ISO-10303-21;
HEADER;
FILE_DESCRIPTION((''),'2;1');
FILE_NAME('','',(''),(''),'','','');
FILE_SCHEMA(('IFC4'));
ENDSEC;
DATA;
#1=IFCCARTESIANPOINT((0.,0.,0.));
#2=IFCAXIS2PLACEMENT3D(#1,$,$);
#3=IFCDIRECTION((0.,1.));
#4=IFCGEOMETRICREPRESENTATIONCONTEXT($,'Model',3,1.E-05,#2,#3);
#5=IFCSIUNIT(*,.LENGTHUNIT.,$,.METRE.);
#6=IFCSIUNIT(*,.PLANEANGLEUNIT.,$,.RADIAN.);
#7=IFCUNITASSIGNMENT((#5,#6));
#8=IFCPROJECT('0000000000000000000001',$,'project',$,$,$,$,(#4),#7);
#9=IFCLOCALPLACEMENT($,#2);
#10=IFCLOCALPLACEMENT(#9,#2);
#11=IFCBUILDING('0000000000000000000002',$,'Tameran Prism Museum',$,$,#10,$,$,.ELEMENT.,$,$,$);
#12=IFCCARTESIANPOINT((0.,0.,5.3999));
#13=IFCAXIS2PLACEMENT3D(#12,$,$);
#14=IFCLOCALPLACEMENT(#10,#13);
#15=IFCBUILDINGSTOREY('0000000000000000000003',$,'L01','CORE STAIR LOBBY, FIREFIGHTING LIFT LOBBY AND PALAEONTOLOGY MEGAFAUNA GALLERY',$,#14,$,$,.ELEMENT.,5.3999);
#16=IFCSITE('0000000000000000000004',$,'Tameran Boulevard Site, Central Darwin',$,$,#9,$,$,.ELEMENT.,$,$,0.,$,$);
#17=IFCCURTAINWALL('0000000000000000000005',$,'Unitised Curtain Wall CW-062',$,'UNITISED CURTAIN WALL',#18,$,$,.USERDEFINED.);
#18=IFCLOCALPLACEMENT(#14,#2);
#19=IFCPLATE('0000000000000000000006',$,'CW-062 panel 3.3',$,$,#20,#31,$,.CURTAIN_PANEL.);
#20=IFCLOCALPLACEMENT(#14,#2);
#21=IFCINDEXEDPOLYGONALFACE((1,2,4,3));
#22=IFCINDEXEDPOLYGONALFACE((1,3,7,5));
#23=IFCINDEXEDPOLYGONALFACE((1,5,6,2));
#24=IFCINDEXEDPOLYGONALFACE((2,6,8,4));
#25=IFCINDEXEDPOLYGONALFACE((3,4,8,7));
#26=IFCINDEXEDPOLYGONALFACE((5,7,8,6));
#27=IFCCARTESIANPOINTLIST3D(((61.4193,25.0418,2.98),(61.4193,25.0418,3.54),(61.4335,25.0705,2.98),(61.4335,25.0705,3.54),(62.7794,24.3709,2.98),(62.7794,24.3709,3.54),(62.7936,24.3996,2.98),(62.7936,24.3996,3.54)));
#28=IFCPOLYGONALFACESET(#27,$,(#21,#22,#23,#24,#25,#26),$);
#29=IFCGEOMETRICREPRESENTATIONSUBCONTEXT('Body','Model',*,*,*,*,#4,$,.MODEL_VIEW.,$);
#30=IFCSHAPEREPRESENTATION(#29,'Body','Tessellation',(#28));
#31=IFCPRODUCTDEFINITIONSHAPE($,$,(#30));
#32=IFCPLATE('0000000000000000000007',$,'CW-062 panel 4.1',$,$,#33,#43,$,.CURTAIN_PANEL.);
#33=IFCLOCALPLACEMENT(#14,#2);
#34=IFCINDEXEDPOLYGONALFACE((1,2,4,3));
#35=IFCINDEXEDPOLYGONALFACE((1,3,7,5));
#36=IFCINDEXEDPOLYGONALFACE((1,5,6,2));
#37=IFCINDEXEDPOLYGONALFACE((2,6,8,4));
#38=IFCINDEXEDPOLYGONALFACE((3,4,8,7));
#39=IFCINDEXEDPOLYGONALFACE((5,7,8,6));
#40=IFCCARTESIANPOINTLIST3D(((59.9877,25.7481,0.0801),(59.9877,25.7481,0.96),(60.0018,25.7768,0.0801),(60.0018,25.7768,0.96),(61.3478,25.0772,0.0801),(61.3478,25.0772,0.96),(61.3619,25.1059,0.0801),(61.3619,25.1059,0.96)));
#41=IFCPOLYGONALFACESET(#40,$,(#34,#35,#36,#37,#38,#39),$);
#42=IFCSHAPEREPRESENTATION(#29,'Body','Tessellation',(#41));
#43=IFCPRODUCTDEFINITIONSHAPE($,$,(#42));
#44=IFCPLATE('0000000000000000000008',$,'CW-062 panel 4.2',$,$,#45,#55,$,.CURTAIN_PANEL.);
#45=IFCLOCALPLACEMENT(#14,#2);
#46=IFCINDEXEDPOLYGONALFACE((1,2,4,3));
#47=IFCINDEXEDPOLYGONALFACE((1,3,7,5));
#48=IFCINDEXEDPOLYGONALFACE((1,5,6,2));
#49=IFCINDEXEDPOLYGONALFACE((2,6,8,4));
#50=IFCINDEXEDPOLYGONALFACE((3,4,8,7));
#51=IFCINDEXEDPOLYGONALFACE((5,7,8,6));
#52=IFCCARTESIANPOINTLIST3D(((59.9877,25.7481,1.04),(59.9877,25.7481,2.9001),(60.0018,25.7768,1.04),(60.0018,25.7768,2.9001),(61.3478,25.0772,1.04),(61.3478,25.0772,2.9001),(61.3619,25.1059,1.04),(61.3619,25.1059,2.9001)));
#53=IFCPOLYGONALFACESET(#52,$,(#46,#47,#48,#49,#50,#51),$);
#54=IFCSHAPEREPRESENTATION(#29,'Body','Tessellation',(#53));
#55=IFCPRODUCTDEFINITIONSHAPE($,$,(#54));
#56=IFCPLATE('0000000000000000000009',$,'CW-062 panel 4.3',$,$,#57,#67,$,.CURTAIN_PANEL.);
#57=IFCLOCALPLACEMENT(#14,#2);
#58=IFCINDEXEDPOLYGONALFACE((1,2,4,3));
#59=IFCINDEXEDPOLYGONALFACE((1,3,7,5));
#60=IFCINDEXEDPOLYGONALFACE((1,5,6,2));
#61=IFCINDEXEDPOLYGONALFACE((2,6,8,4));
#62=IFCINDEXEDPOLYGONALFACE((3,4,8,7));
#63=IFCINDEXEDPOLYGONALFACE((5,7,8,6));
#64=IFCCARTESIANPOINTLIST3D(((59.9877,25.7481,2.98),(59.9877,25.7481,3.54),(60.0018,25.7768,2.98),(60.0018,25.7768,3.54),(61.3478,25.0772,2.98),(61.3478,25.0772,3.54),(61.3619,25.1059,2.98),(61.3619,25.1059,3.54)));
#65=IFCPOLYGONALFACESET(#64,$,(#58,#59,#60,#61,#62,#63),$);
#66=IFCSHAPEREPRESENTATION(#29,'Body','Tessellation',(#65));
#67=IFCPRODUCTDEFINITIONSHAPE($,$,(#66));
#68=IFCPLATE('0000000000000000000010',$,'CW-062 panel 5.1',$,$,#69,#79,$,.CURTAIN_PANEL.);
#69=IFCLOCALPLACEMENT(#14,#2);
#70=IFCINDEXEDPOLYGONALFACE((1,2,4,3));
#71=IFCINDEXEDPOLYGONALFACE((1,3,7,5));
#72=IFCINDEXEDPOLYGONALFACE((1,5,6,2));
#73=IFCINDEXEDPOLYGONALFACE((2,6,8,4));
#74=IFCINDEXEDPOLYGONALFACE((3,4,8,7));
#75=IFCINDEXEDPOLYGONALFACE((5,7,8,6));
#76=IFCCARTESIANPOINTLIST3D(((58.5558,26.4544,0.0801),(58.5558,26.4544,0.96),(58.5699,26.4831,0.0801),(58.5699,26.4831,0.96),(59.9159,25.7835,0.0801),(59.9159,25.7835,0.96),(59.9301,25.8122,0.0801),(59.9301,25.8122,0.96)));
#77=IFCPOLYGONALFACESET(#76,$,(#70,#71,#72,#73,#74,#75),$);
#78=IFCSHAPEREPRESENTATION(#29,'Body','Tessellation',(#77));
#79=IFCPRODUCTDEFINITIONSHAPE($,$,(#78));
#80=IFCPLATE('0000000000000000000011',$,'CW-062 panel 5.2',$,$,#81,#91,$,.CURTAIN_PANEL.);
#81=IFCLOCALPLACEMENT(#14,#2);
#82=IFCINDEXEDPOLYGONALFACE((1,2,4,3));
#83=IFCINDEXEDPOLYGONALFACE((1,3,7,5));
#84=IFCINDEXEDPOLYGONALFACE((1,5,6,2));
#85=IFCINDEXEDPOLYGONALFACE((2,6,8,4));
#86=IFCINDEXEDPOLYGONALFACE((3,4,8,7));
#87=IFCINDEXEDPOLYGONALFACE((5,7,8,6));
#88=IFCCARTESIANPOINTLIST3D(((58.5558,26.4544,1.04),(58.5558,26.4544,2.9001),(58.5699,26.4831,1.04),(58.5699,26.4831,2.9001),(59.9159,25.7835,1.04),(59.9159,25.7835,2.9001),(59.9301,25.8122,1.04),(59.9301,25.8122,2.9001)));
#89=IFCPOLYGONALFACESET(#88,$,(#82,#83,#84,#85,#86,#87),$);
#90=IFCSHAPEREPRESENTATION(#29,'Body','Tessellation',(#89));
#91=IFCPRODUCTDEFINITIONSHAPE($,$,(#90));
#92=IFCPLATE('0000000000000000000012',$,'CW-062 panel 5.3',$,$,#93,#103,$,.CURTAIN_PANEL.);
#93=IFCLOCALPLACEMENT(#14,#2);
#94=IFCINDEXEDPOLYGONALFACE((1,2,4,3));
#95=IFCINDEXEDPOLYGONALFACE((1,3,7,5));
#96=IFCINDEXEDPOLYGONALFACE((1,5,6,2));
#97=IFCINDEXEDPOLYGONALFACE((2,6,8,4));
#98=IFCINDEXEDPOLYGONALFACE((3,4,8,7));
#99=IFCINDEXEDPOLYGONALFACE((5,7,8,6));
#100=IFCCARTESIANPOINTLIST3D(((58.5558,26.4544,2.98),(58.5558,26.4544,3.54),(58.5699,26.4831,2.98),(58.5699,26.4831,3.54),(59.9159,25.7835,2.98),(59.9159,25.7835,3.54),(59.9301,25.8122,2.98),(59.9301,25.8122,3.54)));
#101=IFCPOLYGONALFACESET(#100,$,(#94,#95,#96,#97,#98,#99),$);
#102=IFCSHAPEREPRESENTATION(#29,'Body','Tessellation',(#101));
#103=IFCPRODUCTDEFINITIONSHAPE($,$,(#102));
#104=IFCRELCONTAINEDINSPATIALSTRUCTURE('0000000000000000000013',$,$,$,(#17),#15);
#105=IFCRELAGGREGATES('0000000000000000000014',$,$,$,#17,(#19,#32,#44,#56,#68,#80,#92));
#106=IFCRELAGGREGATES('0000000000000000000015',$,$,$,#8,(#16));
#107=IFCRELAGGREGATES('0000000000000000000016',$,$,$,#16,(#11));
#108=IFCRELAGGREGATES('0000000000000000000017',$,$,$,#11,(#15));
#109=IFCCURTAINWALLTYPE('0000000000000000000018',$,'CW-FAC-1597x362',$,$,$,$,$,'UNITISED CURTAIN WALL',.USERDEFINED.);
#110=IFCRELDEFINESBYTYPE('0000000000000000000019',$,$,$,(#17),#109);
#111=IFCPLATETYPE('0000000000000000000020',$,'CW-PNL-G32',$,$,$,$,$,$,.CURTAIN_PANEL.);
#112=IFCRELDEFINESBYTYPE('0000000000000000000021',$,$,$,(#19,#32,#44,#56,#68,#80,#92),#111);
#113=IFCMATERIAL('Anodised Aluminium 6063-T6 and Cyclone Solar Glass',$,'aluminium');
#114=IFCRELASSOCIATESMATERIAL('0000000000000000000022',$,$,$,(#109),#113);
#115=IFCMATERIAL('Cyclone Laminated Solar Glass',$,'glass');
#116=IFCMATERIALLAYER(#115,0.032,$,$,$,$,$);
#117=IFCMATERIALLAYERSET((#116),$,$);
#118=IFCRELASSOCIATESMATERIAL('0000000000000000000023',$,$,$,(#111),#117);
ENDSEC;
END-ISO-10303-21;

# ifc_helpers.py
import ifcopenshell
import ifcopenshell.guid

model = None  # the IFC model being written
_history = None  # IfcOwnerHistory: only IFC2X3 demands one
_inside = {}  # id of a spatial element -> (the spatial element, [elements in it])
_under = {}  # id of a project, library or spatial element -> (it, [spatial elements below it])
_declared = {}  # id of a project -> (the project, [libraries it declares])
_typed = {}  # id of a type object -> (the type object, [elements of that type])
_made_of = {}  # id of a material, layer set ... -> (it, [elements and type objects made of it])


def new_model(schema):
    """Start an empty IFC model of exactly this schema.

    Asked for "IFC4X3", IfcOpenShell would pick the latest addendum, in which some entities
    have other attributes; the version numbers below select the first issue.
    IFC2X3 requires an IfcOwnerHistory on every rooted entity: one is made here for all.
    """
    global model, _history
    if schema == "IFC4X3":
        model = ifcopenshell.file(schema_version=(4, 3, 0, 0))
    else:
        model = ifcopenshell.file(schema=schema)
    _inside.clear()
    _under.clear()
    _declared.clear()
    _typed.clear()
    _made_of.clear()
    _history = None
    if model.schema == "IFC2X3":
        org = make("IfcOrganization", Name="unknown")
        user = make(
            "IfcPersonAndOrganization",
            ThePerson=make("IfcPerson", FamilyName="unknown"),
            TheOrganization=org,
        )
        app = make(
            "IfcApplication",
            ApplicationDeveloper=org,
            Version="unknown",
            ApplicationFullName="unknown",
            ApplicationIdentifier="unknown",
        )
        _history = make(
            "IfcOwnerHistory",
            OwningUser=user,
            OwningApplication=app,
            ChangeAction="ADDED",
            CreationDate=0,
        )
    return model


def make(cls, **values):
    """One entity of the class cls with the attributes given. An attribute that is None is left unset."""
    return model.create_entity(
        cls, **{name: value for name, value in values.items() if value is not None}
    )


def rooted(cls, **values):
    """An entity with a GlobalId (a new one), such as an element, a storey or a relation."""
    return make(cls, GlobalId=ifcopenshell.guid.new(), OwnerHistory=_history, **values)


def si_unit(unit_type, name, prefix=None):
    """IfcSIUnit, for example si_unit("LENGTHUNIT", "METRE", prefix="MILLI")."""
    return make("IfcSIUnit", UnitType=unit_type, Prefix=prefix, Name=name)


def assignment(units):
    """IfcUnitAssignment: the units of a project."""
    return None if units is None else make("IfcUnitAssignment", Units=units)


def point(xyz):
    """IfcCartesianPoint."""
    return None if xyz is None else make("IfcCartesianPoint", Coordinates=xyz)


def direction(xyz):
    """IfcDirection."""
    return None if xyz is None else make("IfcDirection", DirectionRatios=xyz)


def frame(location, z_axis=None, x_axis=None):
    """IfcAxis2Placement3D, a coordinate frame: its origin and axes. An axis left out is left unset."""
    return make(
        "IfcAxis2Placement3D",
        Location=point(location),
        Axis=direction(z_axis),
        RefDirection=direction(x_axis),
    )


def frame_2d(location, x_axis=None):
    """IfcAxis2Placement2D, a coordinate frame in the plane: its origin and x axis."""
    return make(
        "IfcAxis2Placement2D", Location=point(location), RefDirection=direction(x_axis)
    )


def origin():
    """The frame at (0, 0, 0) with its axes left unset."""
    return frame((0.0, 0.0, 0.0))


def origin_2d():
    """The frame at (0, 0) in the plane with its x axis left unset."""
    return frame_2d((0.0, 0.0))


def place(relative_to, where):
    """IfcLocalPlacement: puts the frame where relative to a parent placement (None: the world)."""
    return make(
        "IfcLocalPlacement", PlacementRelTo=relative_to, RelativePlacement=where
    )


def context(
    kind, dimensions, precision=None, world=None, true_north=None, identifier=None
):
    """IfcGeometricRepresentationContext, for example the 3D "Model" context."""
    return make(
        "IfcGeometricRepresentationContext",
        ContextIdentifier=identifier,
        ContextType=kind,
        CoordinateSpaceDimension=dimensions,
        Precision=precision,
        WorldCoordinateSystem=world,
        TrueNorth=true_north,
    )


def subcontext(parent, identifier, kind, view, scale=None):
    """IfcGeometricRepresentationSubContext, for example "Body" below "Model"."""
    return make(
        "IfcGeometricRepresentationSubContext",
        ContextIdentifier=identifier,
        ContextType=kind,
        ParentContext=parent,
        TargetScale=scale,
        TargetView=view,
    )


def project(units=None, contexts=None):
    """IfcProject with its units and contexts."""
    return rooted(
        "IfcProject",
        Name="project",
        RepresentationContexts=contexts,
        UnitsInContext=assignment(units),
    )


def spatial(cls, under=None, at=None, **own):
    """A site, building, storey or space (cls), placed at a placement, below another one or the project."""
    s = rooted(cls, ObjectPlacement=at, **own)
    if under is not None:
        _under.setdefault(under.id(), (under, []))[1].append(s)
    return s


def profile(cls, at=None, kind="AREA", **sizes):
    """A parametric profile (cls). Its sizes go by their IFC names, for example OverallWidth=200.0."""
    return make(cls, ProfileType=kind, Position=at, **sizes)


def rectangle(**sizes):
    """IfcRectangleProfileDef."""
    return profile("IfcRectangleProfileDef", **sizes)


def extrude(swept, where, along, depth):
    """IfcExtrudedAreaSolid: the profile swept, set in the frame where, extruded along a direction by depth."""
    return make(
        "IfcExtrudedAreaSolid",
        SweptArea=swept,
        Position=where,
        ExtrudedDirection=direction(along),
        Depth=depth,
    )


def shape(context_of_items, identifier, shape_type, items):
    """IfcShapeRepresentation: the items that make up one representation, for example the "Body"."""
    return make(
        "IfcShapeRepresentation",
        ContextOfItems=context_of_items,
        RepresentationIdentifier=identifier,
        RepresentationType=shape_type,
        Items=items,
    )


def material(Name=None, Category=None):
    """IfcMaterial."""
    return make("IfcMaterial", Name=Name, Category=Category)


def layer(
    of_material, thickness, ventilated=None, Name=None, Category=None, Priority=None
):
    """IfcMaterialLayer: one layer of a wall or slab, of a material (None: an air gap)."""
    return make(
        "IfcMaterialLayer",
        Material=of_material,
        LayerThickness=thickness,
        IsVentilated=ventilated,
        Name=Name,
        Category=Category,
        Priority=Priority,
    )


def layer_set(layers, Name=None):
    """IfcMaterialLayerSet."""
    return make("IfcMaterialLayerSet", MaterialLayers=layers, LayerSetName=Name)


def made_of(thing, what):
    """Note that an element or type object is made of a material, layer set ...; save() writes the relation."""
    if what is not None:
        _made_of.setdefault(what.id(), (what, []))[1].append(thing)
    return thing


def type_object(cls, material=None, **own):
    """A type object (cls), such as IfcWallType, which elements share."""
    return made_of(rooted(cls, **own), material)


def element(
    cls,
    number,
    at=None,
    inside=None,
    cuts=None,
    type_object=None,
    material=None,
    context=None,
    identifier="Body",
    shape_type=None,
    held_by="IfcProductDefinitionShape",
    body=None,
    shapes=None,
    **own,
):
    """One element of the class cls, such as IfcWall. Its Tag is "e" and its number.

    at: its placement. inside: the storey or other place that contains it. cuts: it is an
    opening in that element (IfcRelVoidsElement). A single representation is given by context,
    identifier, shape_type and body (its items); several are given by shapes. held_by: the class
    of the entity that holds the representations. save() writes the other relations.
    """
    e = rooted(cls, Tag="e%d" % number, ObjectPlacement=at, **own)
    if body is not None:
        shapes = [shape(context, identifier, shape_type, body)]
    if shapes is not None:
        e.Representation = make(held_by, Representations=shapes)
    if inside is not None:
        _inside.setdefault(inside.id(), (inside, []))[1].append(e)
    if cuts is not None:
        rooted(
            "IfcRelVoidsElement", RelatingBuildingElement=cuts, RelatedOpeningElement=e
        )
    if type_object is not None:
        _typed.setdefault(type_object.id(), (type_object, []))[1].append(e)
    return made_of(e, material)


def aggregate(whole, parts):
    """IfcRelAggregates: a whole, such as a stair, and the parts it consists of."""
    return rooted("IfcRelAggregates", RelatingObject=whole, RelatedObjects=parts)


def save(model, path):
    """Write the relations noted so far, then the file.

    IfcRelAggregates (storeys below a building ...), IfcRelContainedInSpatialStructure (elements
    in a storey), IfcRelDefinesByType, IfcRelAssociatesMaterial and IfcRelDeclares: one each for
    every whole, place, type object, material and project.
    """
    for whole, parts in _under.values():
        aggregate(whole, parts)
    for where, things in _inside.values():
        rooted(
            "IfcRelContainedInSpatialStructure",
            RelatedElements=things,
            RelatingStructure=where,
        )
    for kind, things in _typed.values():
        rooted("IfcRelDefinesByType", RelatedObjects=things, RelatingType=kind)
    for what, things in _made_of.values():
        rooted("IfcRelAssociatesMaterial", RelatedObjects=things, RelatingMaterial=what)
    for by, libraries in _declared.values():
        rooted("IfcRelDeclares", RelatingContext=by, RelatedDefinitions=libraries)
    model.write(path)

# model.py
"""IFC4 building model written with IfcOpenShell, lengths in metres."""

from ifc_helpers import new_model, si_unit, direction, frame, origin, origin_2d, place, context, subcontext, project, spatial, rectangle, extrude, material, layer, layer_set, type_object, element, aggregate, save


model = new_model("IFC4")

# Units and contexts
model_context = context("Model", 3, precision=1e-05, world=origin(), true_north=direction((0.0, 1.0)))
body_context = subcontext(model_context, "Body", "Model", "MODEL_VIEW")
ifc_project = project(units=[si_unit("LENGTHUNIT", "METRE"), si_unit("PLANEANGLEUNIT", "RADIAN")], contexts=[model_context])

# Site, building, storey
site_placement = place(None, origin())
site = spatial("IfcSite", under=ifc_project, at=site_placement, Name="Tameran Boulevard Site, Central Darwin", CompositionType="ELEMENT", RefElevation=0.0)
building_placement = place(site_placement, origin())
building = spatial("IfcBuilding", under=site, at=building_placement, Name="Tameran Prism Museum", CompositionType="ELEMENT")
storey_placement = place(building_placement, frame((0.0, 0.0, 5.3999)))
storey = spatial("IfcBuildingStorey", under=building, at=storey_placement, Name="L01", Description="CORE STAIR LOBBY, FIREFIGHTING LIFT LOBBY AND PALAEONTOLOGY MEGAFAUNA GALLERY", CompositionType="ELEMENT", Elevation=5.3999)

# Curtain wall, plates
ifc_material_1 = material(Name="Anodised Aluminium 6063-T6 and Cyclone Solar Glass", Category="aluminium")
curtain_wall_type = type_object("IfcCurtainWallType", Name="CW-FAC-1597x362", ElementType="UNITISED CURTAIN WALL", PredefinedType="USERDEFINED", material=ifc_material_1)
curtain_wall_placement = place(storey_placement, origin())
curtain_wall = element("IfcCurtainWall", 1, at=curtain_wall_placement, inside=storey, type_object=curtain_wall_type, Name="Unitised Curtain Wall CW-062", ObjectType="UNITISED CURTAIN WALL", PredefinedType="USERDEFINED")
ifc_material_2 = material(Name="Cyclone Laminated Solar Glass", Category="glass")
ifc_layer = layer(ifc_material_2, 0.032)
ifc_layer_set = layer_set([ifc_layer])
plate_type = type_object("IfcPlateType", Name="CW-PNL-G32", PredefinedType="CURTAIN_PANEL", material=ifc_layer_set)
plate_1_placement = place(storey_placement, frame((62.1064, 24.7207, 2.98), z_axis=(0.0, 0.0, 1.0), x_axis=(-0.896819, 0.442397, 0.0)))
plate_1 = element("IfcPlate", 2, at=plate_1_placement, type_object=plate_type, Name="CW-062 panel 3.3", PredefinedType="CURTAIN_PANEL", context=body_context, shape_type="SweptSolid", body=[
    extrude(rectangle(XDim=1.5166, YDim=0.032, at=origin_2d()), origin(), (0.0, 0.0, 1.0), 0.5601),
])
plate_2_placement = place(storey_placement, frame((60.6748, 25.427, 0.0801), z_axis=(0.0, 0.0, 1.0), x_axis=(-0.896819, 0.442397, 0.0)))
plate_2 = element("IfcPlate", 3, at=plate_2_placement, type_object=plate_type, Name="CW-062 panel 4.1", PredefinedType="CURTAIN_PANEL", context=body_context, shape_type="SweptSolid", body=[
    extrude(rectangle(XDim=1.5166, YDim=0.032, at=origin_2d()), origin(), (0.0, 0.0, 1.0), 0.8799),
])
plate_3_placement = place(storey_placement, frame((60.6748, 25.427, 1.04), z_axis=(0.0, 0.0, 1.0), x_axis=(-0.896819, 0.442397, 0.0)))
plate_3 = element("IfcPlate", 4, at=plate_3_placement, type_object=plate_type, Name="CW-062 panel 4.2", PredefinedType="CURTAIN_PANEL", context=body_context, shape_type="SweptSolid", body=[
    extrude(rectangle(XDim=1.5166, YDim=0.032, at=origin_2d()), origin(), (0.0, 0.0, 1.0), 1.8601),
])
plate_4_placement = place(storey_placement, frame((60.6748, 25.427, 2.98), z_axis=(0.0, 0.0, 1.0), x_axis=(-0.896819, 0.442397, 0.0)))
plate_4 = element("IfcPlate", 5, at=plate_4_placement, type_object=plate_type, Name="CW-062 panel 4.3", PredefinedType="CURTAIN_PANEL", context=body_context, shape_type="SweptSolid", body=[
    extrude(rectangle(XDim=1.5166, YDim=0.032, at=origin_2d()), origin(), (0.0, 0.0, 1.0), 0.5601),
])
plate_5_placement = place(storey_placement, frame((59.2429, 26.1333, 0.0801), z_axis=(0.0, 0.0, 1.0), x_axis=(-0.896819, 0.442397, 0.0)))
plate_5 = element("IfcPlate", 6, at=plate_5_placement, type_object=plate_type, Name="CW-062 panel 5.1", PredefinedType="CURTAIN_PANEL", context=body_context, shape_type="SweptSolid", body=[
    extrude(rectangle(XDim=1.5166, YDim=0.032, at=origin_2d()), origin(), (0.0, 0.0, 1.0), 0.8799),
])
plate_6_placement = place(storey_placement, frame((59.2429, 26.1333, 1.04), z_axis=(0.0, 0.0, 1.0), x_axis=(-0.896819, 0.442397, 0.0)))
plate_6 = element("IfcPlate", 7, at=plate_6_placement, type_object=plate_type, Name="CW-062 panel 5.2", PredefinedType="CURTAIN_PANEL", context=body_context, shape_type="SweptSolid", body=[
    extrude(rectangle(XDim=1.5166, YDim=0.032, at=origin_2d()), origin(), (0.0, 0.0, 1.0), 1.8601),
])
plate_7_placement = place(storey_placement, frame((59.2429, 26.1333, 2.98), z_axis=(0.0, 0.0, 1.0), x_axis=(-0.896819, 0.442397, 0.0)))
plate_7 = element("IfcPlate", 8, at=plate_7_placement, type_object=plate_type, Name="CW-062 panel 5.3", PredefinedType="CURTAIN_PANEL", context=body_context, shape_type="SweptSolid", body=[
    extrude(rectangle(XDim=1.5166, YDim=0.032, at=origin_2d()), origin(), (0.0, 0.0, 1.0), 0.5601),
])
aggregate(curtain_wall, [plate_1, plate_2, plate_3, plate_4, plate_5, plate_6, plate_7])

save(model, "model.ifc")
